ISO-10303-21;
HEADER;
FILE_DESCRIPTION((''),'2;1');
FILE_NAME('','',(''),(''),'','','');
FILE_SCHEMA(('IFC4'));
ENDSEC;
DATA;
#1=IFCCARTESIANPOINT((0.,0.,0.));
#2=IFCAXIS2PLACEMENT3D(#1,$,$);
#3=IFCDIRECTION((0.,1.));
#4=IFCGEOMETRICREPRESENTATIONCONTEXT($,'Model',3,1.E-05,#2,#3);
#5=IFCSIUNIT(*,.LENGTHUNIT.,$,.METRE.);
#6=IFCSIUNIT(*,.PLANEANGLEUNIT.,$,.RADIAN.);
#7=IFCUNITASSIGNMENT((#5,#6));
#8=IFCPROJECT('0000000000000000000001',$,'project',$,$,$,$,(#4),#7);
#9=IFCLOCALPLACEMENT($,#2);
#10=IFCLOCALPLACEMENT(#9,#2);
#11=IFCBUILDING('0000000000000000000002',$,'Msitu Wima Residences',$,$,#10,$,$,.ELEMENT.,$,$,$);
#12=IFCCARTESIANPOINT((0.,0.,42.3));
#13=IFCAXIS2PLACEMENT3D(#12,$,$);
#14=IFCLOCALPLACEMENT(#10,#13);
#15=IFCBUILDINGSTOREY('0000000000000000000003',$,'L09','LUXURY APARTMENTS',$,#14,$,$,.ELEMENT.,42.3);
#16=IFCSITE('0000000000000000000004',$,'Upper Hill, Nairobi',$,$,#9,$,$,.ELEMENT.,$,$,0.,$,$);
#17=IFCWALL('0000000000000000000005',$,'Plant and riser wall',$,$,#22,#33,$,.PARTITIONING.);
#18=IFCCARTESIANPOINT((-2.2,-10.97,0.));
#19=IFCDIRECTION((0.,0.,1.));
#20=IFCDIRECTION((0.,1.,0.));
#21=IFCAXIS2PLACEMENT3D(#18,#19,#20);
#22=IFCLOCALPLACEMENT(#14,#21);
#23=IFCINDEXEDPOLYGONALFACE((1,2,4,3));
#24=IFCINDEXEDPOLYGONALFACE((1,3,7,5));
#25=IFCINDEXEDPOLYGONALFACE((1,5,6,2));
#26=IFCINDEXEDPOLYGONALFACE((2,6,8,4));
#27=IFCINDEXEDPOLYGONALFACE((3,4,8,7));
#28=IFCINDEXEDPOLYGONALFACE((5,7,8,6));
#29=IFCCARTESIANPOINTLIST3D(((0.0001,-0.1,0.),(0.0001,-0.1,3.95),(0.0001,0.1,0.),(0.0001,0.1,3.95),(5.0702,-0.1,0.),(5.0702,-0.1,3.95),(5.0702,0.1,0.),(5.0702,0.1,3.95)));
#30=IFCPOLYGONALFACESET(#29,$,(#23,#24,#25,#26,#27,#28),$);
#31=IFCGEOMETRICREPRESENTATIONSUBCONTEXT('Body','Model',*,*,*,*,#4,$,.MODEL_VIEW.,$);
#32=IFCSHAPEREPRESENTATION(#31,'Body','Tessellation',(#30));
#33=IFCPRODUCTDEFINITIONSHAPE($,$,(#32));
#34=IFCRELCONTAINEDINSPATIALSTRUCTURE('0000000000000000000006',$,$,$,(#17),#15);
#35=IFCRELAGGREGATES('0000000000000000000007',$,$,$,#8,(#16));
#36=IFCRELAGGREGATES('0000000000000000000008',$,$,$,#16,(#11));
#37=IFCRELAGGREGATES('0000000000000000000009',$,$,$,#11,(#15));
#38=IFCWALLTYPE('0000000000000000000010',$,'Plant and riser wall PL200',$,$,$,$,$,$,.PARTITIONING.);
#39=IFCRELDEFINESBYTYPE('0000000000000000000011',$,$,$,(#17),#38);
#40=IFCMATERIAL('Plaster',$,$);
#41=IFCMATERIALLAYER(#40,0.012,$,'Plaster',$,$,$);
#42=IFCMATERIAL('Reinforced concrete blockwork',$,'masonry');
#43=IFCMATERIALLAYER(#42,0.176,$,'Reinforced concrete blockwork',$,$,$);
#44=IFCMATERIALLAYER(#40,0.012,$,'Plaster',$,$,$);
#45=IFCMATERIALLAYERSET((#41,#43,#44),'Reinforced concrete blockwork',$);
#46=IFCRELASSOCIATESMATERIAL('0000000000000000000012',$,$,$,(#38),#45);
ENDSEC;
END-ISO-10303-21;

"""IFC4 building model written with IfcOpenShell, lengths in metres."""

from ifc_helpers import new_model, si_unit, direction, frame, frame_2d, origin, place, context, subcontext, project, spatial, rectangle, extrude, material, layer, layer_set, type_object, element, save


model = new_model("IFC4")

# Units and contexts
model_context = context("Model", 3, precision=1e-05, world=origin(), true_north=direction((0.0, 1.0)))
body_context = subcontext(model_context, "Body", "Model", "MODEL_VIEW")
ifc_project = project(units=[si_unit("LENGTHUNIT", "METRE"), si_unit("PLANEANGLEUNIT", "RADIAN")], contexts=[model_context])

# Site, building, storey
site_placement = place(None, origin())
site = spatial("IfcSite", under=ifc_project, at=site_placement, Name="Upper Hill, Nairobi", CompositionType="ELEMENT", RefElevation=0.0)
building_placement = place(site_placement, origin())
building = spatial("IfcBuilding", under=site, at=building_placement, Name="Msitu Wima Residences", CompositionType="ELEMENT")
storey_placement = place(building_placement, frame((0.0, 0.0, 42.3)))
storey = spatial("IfcBuildingStorey", under=building, at=storey_placement, Name="L09", Description="LUXURY APARTMENTS", CompositionType="ELEMENT", Elevation=42.3)

# Shared definitions
ifc_material_1 = material(Name="Plaster")

# Shared definitions
ifc_layer_1 = layer(ifc_material_1, 0.012, Name="Plaster")
ifc_material_2 = material(Name="Reinforced concrete blockwork", Category="masonry")
ifc_layer_2 = layer(ifc_material_2, 0.176, Name="Reinforced concrete blockwork")
ifc_layer_3 = layer(ifc_material_1, 0.012, Name="Plaster")
ifc_layer_set_1 = layer_set([ifc_layer_1, ifc_layer_2, ifc_layer_3], Name="Reinforced concrete blockwork")
wall_type_1 = type_object("IfcWallType", Name="Plant and riser wall PL200", PredefinedType="PARTITIONING", material=ifc_layer_set_1)

# Wall
wall_1_placement = place(storey_placement, frame((-2.2, -10.97, 0.0), z_axis=(0.0, 0.0, 1.0), x_axis=(0.0, 1.0, 0.0)))
element("IfcWall", 1, at=wall_1_placement, inside=storey, type_object=wall_type_1, Name="Plant and riser wall", PredefinedType="PARTITIONING", context=body_context, shape_type="SweptSolid", body=[
    extrude(rectangle(XDim=5.0701, YDim=0.2, at=frame_2d((2.5352, 0.0))), origin(), (0.0, 0.0, 1.0), 3.95),
])

save(model, "model.ifc")
